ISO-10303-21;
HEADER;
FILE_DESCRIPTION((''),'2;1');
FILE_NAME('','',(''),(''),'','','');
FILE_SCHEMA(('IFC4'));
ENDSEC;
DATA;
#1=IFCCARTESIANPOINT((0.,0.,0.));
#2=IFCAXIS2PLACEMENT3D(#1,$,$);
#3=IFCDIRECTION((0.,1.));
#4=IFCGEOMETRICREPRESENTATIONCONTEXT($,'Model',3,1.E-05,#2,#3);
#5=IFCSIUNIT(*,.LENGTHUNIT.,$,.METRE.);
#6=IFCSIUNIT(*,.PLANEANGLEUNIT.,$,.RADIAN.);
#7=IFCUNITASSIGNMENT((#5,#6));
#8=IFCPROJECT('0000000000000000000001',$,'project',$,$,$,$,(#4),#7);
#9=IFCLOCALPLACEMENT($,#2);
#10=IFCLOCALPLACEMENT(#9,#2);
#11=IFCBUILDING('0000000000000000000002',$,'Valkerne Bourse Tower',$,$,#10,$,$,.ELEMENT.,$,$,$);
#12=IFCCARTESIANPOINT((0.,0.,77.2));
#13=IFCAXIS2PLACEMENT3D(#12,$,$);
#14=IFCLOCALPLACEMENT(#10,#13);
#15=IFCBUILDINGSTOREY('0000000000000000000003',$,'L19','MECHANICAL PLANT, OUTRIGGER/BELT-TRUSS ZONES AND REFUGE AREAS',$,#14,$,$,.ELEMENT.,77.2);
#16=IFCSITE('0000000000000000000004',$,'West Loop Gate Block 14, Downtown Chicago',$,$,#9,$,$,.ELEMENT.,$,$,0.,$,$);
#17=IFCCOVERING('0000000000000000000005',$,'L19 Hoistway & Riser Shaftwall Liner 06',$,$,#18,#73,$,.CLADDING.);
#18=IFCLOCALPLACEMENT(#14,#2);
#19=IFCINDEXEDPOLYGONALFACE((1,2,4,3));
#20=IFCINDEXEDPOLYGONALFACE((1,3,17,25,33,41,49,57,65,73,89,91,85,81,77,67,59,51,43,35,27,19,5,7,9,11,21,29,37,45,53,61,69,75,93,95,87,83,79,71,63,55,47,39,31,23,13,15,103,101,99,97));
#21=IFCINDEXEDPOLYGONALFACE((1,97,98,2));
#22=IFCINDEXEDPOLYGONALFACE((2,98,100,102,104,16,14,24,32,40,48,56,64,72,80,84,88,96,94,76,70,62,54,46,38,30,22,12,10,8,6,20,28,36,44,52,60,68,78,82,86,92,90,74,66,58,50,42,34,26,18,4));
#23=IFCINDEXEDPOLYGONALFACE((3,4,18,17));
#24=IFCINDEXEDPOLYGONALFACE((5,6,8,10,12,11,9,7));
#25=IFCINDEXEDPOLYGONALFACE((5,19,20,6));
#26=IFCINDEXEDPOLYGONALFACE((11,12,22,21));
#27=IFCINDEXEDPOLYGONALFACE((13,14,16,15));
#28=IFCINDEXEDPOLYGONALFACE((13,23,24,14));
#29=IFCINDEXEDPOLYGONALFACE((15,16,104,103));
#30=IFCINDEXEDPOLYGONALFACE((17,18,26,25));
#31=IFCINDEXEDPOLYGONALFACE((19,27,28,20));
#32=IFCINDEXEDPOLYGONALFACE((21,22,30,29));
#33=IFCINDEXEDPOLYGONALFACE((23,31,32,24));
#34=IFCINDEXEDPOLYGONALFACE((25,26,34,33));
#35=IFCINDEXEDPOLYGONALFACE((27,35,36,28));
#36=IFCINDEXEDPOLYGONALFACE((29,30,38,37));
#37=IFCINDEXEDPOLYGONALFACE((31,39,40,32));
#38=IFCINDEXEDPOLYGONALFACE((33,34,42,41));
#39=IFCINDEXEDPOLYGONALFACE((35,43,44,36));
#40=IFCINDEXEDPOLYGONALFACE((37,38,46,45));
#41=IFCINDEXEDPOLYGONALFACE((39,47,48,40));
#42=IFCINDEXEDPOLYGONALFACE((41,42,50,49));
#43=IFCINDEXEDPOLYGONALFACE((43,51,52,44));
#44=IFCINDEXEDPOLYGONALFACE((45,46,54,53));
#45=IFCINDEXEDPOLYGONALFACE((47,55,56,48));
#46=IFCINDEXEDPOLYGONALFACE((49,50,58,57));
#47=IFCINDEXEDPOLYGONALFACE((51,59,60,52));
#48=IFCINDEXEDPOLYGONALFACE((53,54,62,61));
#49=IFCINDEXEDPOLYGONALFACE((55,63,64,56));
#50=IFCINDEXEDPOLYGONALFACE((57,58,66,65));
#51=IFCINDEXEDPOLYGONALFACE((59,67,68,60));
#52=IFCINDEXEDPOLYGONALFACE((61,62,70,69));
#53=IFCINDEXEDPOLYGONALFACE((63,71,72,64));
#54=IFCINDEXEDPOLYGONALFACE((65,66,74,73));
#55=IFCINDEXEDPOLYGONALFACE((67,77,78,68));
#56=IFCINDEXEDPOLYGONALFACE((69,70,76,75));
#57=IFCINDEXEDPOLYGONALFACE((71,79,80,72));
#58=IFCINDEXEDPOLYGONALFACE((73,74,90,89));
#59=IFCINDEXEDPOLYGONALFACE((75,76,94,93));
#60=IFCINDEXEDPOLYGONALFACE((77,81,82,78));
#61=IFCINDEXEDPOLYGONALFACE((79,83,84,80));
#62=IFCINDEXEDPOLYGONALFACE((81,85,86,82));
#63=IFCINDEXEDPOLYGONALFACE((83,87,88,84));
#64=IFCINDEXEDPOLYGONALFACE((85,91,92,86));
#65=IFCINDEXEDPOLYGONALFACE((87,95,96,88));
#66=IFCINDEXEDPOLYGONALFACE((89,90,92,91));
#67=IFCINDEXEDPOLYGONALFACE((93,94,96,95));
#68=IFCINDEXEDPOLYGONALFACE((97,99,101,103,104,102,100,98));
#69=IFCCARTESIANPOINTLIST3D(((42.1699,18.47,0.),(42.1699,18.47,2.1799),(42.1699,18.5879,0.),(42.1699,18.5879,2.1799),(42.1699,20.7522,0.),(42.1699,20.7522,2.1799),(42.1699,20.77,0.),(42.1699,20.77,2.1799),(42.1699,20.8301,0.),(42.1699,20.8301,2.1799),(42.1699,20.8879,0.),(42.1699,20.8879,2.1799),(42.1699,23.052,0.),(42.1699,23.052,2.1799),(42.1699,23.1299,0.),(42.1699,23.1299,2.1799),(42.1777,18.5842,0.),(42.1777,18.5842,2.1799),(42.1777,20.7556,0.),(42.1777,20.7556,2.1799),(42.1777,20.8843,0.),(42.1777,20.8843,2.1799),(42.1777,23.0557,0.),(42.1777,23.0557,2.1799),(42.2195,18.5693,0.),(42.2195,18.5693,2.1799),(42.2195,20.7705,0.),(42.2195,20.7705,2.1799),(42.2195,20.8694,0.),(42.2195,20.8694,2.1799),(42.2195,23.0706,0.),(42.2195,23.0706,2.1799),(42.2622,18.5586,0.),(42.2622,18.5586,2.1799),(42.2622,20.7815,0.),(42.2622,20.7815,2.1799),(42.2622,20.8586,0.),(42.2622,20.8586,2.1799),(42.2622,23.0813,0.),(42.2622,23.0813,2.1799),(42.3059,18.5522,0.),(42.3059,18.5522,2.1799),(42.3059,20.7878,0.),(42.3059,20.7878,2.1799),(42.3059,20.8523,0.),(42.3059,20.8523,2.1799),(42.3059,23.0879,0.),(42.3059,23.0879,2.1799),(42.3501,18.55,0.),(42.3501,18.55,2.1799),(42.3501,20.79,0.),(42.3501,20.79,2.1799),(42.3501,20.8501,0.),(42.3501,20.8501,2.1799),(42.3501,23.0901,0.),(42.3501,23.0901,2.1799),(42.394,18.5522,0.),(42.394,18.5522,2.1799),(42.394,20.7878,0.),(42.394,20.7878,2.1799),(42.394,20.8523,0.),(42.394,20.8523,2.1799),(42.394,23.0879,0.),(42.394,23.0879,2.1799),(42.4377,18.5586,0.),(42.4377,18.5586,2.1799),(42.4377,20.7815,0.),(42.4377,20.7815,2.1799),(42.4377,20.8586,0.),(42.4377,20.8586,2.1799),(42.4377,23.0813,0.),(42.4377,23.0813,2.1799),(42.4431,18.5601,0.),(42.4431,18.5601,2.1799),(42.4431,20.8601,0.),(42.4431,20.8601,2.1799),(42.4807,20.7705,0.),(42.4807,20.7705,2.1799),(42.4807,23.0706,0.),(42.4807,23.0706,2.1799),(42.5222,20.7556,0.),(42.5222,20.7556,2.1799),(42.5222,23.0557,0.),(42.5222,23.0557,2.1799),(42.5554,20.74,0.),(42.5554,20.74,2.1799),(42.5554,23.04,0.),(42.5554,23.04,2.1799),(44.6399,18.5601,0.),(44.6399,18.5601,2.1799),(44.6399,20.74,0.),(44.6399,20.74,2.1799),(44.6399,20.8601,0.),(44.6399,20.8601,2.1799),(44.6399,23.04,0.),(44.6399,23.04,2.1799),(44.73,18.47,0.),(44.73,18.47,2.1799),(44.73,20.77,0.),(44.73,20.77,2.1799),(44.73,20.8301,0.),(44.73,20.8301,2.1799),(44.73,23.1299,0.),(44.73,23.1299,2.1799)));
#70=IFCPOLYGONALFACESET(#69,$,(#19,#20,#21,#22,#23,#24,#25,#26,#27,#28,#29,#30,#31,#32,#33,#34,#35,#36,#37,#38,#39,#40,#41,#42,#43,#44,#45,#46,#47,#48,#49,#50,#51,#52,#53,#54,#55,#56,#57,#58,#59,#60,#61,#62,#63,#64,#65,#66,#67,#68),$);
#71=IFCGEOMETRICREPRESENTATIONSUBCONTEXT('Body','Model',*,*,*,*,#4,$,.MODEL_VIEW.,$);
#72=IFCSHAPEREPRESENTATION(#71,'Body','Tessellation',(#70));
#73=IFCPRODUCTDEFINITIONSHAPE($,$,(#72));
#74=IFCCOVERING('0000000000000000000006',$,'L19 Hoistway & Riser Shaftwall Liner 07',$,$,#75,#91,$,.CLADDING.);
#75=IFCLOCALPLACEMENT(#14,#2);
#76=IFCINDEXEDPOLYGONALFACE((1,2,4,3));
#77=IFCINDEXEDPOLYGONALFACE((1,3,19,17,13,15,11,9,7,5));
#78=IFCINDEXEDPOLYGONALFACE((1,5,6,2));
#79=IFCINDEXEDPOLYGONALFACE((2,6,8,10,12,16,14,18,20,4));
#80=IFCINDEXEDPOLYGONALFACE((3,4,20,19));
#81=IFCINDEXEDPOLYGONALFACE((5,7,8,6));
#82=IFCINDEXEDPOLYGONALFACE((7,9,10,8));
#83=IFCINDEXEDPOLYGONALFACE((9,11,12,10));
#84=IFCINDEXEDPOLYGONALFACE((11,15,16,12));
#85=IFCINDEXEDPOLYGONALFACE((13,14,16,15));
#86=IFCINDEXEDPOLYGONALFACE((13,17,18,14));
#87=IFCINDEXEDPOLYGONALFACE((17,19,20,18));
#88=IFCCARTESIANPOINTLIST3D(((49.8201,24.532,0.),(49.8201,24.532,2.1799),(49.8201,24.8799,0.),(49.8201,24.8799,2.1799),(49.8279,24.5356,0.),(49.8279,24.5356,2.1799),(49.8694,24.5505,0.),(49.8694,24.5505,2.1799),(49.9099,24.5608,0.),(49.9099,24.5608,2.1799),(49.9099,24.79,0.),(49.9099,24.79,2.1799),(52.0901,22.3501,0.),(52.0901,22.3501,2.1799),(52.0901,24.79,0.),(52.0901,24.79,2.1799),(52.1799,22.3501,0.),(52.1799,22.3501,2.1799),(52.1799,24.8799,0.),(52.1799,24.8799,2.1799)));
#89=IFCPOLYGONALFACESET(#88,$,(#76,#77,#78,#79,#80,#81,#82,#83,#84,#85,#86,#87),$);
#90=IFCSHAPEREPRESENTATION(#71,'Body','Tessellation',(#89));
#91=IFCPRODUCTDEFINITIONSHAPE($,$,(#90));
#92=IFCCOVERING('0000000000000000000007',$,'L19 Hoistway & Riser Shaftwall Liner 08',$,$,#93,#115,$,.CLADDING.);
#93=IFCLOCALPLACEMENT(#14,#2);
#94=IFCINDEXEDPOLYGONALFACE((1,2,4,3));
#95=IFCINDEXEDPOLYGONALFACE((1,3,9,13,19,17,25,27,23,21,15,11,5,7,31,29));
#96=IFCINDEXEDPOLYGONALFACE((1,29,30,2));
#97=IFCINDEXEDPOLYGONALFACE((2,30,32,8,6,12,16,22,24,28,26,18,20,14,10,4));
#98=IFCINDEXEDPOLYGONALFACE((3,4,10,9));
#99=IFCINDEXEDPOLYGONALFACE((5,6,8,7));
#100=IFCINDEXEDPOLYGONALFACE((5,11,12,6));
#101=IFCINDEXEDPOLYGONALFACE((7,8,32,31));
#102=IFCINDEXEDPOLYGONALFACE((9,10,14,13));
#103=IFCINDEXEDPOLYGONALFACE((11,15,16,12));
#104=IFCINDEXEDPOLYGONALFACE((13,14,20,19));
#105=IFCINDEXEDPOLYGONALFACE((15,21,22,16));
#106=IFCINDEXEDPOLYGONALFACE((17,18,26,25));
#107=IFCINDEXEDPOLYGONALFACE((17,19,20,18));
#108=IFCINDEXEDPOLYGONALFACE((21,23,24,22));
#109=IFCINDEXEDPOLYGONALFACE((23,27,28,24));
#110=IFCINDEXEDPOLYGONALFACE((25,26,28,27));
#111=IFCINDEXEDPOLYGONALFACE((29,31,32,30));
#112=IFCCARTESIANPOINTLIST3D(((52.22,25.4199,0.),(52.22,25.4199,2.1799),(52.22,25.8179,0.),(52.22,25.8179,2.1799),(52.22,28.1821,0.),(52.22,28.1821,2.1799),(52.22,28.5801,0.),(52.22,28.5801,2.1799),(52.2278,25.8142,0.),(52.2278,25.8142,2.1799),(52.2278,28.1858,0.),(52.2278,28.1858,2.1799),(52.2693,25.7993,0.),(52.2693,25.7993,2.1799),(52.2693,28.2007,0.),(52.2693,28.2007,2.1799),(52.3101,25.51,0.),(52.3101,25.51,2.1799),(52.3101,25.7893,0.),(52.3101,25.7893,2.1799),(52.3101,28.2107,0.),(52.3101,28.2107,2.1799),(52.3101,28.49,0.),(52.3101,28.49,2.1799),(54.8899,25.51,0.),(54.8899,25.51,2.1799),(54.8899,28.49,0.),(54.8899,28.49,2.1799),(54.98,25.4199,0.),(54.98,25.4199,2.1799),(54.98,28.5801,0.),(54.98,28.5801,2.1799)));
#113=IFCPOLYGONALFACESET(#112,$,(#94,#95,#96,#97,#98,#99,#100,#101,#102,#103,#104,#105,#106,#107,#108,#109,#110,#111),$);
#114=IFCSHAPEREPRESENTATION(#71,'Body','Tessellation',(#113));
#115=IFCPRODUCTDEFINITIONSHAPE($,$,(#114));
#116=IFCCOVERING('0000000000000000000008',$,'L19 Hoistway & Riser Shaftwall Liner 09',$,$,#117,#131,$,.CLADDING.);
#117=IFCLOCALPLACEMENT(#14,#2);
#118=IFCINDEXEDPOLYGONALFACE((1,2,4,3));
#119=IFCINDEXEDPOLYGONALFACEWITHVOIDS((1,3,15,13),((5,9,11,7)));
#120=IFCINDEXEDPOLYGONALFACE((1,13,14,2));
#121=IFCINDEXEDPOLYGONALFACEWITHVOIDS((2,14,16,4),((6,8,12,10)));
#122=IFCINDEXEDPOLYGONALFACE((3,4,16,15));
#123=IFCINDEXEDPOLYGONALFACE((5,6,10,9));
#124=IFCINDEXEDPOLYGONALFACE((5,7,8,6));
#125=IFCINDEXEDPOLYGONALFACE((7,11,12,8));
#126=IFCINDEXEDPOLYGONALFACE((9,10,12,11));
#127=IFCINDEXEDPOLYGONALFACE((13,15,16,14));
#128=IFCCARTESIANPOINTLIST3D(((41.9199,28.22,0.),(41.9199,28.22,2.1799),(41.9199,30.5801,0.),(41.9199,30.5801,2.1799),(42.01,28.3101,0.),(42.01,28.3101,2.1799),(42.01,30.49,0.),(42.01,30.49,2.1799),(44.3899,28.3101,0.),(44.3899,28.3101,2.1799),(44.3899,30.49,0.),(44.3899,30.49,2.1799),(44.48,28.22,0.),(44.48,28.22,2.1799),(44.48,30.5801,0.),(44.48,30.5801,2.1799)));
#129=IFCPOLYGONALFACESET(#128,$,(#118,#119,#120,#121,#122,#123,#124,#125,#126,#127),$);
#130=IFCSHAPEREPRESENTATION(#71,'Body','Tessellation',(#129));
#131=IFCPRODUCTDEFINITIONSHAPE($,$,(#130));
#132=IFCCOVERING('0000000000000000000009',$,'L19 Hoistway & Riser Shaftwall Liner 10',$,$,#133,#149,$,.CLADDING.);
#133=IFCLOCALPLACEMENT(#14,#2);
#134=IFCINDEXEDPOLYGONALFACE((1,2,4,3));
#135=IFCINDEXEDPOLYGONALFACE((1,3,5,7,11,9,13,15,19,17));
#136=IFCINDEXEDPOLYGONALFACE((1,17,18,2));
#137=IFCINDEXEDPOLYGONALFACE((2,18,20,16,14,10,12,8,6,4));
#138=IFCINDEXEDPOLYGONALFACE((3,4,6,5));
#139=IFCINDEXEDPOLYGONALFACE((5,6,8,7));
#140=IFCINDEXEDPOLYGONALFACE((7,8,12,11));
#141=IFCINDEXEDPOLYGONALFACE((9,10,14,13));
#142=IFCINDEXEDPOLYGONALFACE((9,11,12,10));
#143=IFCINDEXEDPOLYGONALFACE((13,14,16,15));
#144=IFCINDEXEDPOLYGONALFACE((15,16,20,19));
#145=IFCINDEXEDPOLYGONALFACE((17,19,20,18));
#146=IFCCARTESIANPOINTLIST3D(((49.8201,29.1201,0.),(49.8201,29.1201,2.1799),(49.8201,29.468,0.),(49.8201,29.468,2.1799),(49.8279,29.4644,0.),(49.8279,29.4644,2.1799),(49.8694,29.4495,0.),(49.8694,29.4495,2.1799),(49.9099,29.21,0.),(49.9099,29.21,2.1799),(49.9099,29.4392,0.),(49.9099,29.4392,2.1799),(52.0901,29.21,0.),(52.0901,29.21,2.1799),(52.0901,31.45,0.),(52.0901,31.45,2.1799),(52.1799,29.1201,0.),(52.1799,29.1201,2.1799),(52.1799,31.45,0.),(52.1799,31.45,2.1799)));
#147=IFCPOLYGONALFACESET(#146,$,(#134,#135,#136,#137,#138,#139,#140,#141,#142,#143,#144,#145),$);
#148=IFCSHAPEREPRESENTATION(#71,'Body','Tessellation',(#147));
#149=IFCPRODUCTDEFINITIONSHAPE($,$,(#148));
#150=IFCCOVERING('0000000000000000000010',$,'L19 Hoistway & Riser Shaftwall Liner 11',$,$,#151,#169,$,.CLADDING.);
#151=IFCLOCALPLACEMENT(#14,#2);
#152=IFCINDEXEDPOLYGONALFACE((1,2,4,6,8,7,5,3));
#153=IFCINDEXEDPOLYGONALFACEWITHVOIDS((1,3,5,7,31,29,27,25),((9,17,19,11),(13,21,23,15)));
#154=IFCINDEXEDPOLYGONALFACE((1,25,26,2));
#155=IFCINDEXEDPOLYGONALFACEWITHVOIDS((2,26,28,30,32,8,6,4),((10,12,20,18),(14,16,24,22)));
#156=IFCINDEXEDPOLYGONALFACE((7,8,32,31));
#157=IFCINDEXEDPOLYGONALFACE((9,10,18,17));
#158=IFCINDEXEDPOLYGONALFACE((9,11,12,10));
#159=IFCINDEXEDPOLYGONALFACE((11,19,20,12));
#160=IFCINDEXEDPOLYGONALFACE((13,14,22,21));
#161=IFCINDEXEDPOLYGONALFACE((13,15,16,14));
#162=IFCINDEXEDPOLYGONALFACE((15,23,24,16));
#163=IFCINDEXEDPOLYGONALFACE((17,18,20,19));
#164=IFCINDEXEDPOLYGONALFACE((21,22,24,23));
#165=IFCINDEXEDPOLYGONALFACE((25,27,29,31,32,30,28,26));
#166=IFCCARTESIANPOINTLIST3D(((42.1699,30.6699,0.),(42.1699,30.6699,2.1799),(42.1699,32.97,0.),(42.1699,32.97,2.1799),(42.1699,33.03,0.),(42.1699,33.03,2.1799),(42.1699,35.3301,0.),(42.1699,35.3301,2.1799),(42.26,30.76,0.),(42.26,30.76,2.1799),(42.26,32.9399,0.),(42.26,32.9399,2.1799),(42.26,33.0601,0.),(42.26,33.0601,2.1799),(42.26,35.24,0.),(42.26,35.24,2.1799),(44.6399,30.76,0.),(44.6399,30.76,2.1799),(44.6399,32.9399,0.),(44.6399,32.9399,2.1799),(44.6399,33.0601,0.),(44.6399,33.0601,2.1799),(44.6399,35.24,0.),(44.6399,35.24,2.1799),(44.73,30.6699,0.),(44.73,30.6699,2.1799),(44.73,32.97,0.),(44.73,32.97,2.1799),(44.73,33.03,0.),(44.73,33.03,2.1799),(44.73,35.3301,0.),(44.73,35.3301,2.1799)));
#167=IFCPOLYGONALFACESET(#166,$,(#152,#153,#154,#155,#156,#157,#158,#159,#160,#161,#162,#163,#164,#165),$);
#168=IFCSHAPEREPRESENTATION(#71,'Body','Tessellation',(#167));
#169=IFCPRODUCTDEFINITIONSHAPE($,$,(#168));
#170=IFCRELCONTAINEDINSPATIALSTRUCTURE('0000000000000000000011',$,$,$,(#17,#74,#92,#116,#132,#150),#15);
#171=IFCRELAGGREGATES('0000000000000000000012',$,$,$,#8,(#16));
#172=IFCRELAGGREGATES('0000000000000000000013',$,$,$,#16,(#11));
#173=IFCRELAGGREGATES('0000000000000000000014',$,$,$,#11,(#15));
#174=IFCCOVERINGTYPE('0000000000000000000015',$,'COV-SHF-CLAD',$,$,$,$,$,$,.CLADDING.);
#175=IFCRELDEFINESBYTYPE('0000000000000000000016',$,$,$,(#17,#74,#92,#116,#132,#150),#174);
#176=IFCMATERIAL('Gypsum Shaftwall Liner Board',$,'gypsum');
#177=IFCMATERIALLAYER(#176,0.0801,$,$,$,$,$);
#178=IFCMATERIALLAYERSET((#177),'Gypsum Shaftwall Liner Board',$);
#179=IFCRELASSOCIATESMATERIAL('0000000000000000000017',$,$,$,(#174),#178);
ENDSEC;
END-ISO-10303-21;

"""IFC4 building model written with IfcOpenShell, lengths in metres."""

from ifc_helpers import new_model, si_unit, direction, frame, origin, place, context, subcontext, project, spatial, polyline, outline, extrude, material, layer, layer_set, type_object, element, save


model = new_model("IFC4")

# Units and contexts
model_context = context("Model", 3, precision=1e-05, world=origin(), true_north=direction((0.0, 1.0)))
body_context = subcontext(model_context, "Body", "Model", "MODEL_VIEW")
ifc_project = project(units=[si_unit("LENGTHUNIT", "METRE"), si_unit("PLANEANGLEUNIT", "RADIAN")], contexts=[model_context])

# Site, building, storey
site_placement = place(None, origin())
site = spatial("IfcSite", under=ifc_project, at=site_placement, Name="West Loop Gate Block 14, Downtown Chicago", CompositionType="ELEMENT", RefElevation=0.0)
building_placement = place(site_placement, origin())
building = spatial("IfcBuilding", under=site, at=building_placement, Name="Valkerne Bourse Tower", CompositionType="ELEMENT")
storey_placement = place(building_placement, frame((0.0, 0.0, 77.2)))
storey = spatial("IfcBuildingStorey", under=building, at=storey_placement, Name="L19", Description="MECHANICAL PLANT, OUTRIGGER/BELT-TRUSS ZONES AND REFUGE AREAS", CompositionType="ELEMENT", Elevation=77.2)

# Coverings
ifc_material_1 = material(Name="Gypsum Shaftwall Liner Board", Category="gypsum")
ifc_layer_1 = layer(ifc_material_1, 0.0801)
ifc_layer_set_1 = layer_set([ifc_layer_1], Name="Gypsum Shaftwall Liner Board")
covering_type_1 = type_object("IfcCoveringType", Name="COV-SHF-CLAD", PredefinedType="CLADDING", material=ifc_layer_set_1)
covering_1_placement = place(storey_placement, origin())
element("IfcCovering", 1, at=covering_1_placement, inside=storey, type_object=covering_type_1, Name="L19 Hoistway & Riser Shaftwall Liner 06", PredefinedType="CLADDING", context=body_context, shape_type="SweptSolid", body=[
    extrude(outline(polyline([(42.1699, 20.8301), (42.1699, 20.8879), (42.1777, 20.8843), (42.2195, 20.8694), (42.2622, 20.8586), (42.3059, 20.8523), (42.3501, 20.8501), (42.394, 20.8523), (42.4377, 20.8586), (42.4431, 20.8601), (44.6399, 20.8601), (44.6399, 23.04), (42.5554, 23.04), (42.5222, 23.0557), (42.4807, 23.0706), (42.4377, 23.0813), (42.394, 23.0879), (42.3501, 23.0901), (42.3059, 23.0879), (42.2622, 23.0813), (42.2195, 23.0706), (42.1777, 23.0557), (42.1699, 23.052), (42.1699, 23.1299), (44.73, 23.1299), (44.73, 20.8301), (44.73, 20.77), (44.73, 18.47), (42.1699, 18.47), (42.1699, 18.5879), (42.1777, 18.5842), (42.2195, 18.5693), (42.2622, 18.5586), (42.3059, 18.5522), (42.3501, 18.55), (42.394, 18.5522), (42.4377, 18.5586), (42.4431, 18.5601), (44.6399, 18.5601), (44.6399, 20.74), (42.5554, 20.74), (42.5222, 20.7556), (42.4807, 20.7705), (42.4377, 20.7815), (42.394, 20.7878), (42.3501, 20.79), (42.3059, 20.7878), (42.2622, 20.7815), (42.2195, 20.7705), (42.1777, 20.7556), (42.1699, 20.7522), (42.1699, 20.77), (42.1699, 20.8301)])), origin(), (0.0, 0.0, 1.0), 2.1799),
])
covering_2_placement = place(storey_placement, origin())
element("IfcCovering", 2, at=covering_2_placement, inside=storey, type_object=covering_type_1, Name="L19 Hoistway & Riser Shaftwall Liner 07", PredefinedType="CLADDING", context=body_context, shape_type="SweptSolid", body=[
    extrude(outline(polyline([(52.1799, 22.3501), (52.0901, 22.3501), (52.0901, 24.79), (49.9099, 24.79), (49.9099, 24.5608), (49.8694, 24.5505), (49.8279, 24.5356), (49.8201, 24.532), (49.8201, 24.8799), (52.1799, 24.8799), (52.1799, 22.3501)])), origin(), (0.0, 0.0, 1.0), 2.1799),
])
covering_3_placement = place(storey_placement, origin())
element("IfcCovering", 3, at=covering_3_placement, inside=storey, type_object=covering_type_1, Name="L19 Hoistway & Riser Shaftwall Liner 08", PredefinedType="CLADDING", context=body_context, shape_type="SweptSolid", body=[
    extrude(outline(polyline([(54.98, 25.4199), (52.22, 25.4199), (52.22, 25.8179), (52.2278, 25.8142), (52.2693, 25.7993), (52.3101, 25.7893), (52.3101, 25.51), (54.8899, 25.51), (54.8899, 28.49), (52.3101, 28.49), (52.3101, 28.2107), (52.2693, 28.2007), (52.2278, 28.1858), (52.22, 28.1821), (52.22, 28.5801), (54.98, 28.5801), (54.98, 25.4199)])), origin(), (0.0, 0.0, 1.0), 2.1799),
])
covering_4_placement = place(storey_placement, origin())
element("IfcCovering", 4, at=covering_4_placement, inside=storey, type_object=covering_type_1, Name="L19 Hoistway & Riser Shaftwall Liner 09", PredefinedType="CLADDING", context=body_context, shape_type="SweptSolid", body=[
    extrude(outline(polyline([(44.48, 28.22), (41.9199, 28.22), (41.9199, 30.5801), (44.48, 30.5801), (44.48, 28.22)]), holes=[polyline([(42.01, 30.49), (42.01, 28.3101), (44.3899, 28.3101), (44.3899, 30.49), (42.01, 30.49)])]), origin(), (0.0, 0.0, 1.0), 2.1799),
])
covering_5_placement = place(storey_placement, origin())
element("IfcCovering", 5, at=covering_5_placement, inside=storey, type_object=covering_type_1, Name="L19 Hoistway & Riser Shaftwall Liner 10", PredefinedType="CLADDING", context=body_context, shape_type="SweptSolid", body=[
    extrude(outline(polyline([(49.8201, 29.1201), (49.8201, 29.468), (49.8279, 29.4644), (49.8694, 29.4495), (49.9099, 29.4392), (49.9099, 29.21), (52.0901, 29.21), (52.0901, 31.45), (52.1799, 31.45), (52.1799, 29.1201), (49.8201, 29.1201)])), origin(), (0.0, 0.0, 1.0), 2.1799),
])
covering_6_placement = place(storey_placement, origin())
element("IfcCovering", 6, at=covering_6_placement, inside=storey, type_object=covering_type_1, Name="L19 Hoistway & Riser Shaftwall Liner 11", PredefinedType="CLADDING", context=body_context, shape_type="SweptSolid", body=[
    extrude(outline(polyline([(44.73, 35.3301), (44.73, 33.03), (44.73, 32.97), (44.73, 30.6699), (42.1699, 30.6699), (42.1699, 32.97), (42.1699, 33.03), (42.1699, 35.3301), (44.73, 35.3301)]), holes=[polyline([(42.26, 30.76), (44.6399, 30.76), (44.6399, 32.9399), (42.26, 32.9399), (42.26, 30.76)]), polyline([(42.26, 33.0601), (44.6399, 33.0601), (44.6399, 35.24), (42.26, 35.24), (42.26, 33.0601)])]), origin(), (0.0, 0.0, 1.0), 2.1799),
])

save(model, "model.ifc")
